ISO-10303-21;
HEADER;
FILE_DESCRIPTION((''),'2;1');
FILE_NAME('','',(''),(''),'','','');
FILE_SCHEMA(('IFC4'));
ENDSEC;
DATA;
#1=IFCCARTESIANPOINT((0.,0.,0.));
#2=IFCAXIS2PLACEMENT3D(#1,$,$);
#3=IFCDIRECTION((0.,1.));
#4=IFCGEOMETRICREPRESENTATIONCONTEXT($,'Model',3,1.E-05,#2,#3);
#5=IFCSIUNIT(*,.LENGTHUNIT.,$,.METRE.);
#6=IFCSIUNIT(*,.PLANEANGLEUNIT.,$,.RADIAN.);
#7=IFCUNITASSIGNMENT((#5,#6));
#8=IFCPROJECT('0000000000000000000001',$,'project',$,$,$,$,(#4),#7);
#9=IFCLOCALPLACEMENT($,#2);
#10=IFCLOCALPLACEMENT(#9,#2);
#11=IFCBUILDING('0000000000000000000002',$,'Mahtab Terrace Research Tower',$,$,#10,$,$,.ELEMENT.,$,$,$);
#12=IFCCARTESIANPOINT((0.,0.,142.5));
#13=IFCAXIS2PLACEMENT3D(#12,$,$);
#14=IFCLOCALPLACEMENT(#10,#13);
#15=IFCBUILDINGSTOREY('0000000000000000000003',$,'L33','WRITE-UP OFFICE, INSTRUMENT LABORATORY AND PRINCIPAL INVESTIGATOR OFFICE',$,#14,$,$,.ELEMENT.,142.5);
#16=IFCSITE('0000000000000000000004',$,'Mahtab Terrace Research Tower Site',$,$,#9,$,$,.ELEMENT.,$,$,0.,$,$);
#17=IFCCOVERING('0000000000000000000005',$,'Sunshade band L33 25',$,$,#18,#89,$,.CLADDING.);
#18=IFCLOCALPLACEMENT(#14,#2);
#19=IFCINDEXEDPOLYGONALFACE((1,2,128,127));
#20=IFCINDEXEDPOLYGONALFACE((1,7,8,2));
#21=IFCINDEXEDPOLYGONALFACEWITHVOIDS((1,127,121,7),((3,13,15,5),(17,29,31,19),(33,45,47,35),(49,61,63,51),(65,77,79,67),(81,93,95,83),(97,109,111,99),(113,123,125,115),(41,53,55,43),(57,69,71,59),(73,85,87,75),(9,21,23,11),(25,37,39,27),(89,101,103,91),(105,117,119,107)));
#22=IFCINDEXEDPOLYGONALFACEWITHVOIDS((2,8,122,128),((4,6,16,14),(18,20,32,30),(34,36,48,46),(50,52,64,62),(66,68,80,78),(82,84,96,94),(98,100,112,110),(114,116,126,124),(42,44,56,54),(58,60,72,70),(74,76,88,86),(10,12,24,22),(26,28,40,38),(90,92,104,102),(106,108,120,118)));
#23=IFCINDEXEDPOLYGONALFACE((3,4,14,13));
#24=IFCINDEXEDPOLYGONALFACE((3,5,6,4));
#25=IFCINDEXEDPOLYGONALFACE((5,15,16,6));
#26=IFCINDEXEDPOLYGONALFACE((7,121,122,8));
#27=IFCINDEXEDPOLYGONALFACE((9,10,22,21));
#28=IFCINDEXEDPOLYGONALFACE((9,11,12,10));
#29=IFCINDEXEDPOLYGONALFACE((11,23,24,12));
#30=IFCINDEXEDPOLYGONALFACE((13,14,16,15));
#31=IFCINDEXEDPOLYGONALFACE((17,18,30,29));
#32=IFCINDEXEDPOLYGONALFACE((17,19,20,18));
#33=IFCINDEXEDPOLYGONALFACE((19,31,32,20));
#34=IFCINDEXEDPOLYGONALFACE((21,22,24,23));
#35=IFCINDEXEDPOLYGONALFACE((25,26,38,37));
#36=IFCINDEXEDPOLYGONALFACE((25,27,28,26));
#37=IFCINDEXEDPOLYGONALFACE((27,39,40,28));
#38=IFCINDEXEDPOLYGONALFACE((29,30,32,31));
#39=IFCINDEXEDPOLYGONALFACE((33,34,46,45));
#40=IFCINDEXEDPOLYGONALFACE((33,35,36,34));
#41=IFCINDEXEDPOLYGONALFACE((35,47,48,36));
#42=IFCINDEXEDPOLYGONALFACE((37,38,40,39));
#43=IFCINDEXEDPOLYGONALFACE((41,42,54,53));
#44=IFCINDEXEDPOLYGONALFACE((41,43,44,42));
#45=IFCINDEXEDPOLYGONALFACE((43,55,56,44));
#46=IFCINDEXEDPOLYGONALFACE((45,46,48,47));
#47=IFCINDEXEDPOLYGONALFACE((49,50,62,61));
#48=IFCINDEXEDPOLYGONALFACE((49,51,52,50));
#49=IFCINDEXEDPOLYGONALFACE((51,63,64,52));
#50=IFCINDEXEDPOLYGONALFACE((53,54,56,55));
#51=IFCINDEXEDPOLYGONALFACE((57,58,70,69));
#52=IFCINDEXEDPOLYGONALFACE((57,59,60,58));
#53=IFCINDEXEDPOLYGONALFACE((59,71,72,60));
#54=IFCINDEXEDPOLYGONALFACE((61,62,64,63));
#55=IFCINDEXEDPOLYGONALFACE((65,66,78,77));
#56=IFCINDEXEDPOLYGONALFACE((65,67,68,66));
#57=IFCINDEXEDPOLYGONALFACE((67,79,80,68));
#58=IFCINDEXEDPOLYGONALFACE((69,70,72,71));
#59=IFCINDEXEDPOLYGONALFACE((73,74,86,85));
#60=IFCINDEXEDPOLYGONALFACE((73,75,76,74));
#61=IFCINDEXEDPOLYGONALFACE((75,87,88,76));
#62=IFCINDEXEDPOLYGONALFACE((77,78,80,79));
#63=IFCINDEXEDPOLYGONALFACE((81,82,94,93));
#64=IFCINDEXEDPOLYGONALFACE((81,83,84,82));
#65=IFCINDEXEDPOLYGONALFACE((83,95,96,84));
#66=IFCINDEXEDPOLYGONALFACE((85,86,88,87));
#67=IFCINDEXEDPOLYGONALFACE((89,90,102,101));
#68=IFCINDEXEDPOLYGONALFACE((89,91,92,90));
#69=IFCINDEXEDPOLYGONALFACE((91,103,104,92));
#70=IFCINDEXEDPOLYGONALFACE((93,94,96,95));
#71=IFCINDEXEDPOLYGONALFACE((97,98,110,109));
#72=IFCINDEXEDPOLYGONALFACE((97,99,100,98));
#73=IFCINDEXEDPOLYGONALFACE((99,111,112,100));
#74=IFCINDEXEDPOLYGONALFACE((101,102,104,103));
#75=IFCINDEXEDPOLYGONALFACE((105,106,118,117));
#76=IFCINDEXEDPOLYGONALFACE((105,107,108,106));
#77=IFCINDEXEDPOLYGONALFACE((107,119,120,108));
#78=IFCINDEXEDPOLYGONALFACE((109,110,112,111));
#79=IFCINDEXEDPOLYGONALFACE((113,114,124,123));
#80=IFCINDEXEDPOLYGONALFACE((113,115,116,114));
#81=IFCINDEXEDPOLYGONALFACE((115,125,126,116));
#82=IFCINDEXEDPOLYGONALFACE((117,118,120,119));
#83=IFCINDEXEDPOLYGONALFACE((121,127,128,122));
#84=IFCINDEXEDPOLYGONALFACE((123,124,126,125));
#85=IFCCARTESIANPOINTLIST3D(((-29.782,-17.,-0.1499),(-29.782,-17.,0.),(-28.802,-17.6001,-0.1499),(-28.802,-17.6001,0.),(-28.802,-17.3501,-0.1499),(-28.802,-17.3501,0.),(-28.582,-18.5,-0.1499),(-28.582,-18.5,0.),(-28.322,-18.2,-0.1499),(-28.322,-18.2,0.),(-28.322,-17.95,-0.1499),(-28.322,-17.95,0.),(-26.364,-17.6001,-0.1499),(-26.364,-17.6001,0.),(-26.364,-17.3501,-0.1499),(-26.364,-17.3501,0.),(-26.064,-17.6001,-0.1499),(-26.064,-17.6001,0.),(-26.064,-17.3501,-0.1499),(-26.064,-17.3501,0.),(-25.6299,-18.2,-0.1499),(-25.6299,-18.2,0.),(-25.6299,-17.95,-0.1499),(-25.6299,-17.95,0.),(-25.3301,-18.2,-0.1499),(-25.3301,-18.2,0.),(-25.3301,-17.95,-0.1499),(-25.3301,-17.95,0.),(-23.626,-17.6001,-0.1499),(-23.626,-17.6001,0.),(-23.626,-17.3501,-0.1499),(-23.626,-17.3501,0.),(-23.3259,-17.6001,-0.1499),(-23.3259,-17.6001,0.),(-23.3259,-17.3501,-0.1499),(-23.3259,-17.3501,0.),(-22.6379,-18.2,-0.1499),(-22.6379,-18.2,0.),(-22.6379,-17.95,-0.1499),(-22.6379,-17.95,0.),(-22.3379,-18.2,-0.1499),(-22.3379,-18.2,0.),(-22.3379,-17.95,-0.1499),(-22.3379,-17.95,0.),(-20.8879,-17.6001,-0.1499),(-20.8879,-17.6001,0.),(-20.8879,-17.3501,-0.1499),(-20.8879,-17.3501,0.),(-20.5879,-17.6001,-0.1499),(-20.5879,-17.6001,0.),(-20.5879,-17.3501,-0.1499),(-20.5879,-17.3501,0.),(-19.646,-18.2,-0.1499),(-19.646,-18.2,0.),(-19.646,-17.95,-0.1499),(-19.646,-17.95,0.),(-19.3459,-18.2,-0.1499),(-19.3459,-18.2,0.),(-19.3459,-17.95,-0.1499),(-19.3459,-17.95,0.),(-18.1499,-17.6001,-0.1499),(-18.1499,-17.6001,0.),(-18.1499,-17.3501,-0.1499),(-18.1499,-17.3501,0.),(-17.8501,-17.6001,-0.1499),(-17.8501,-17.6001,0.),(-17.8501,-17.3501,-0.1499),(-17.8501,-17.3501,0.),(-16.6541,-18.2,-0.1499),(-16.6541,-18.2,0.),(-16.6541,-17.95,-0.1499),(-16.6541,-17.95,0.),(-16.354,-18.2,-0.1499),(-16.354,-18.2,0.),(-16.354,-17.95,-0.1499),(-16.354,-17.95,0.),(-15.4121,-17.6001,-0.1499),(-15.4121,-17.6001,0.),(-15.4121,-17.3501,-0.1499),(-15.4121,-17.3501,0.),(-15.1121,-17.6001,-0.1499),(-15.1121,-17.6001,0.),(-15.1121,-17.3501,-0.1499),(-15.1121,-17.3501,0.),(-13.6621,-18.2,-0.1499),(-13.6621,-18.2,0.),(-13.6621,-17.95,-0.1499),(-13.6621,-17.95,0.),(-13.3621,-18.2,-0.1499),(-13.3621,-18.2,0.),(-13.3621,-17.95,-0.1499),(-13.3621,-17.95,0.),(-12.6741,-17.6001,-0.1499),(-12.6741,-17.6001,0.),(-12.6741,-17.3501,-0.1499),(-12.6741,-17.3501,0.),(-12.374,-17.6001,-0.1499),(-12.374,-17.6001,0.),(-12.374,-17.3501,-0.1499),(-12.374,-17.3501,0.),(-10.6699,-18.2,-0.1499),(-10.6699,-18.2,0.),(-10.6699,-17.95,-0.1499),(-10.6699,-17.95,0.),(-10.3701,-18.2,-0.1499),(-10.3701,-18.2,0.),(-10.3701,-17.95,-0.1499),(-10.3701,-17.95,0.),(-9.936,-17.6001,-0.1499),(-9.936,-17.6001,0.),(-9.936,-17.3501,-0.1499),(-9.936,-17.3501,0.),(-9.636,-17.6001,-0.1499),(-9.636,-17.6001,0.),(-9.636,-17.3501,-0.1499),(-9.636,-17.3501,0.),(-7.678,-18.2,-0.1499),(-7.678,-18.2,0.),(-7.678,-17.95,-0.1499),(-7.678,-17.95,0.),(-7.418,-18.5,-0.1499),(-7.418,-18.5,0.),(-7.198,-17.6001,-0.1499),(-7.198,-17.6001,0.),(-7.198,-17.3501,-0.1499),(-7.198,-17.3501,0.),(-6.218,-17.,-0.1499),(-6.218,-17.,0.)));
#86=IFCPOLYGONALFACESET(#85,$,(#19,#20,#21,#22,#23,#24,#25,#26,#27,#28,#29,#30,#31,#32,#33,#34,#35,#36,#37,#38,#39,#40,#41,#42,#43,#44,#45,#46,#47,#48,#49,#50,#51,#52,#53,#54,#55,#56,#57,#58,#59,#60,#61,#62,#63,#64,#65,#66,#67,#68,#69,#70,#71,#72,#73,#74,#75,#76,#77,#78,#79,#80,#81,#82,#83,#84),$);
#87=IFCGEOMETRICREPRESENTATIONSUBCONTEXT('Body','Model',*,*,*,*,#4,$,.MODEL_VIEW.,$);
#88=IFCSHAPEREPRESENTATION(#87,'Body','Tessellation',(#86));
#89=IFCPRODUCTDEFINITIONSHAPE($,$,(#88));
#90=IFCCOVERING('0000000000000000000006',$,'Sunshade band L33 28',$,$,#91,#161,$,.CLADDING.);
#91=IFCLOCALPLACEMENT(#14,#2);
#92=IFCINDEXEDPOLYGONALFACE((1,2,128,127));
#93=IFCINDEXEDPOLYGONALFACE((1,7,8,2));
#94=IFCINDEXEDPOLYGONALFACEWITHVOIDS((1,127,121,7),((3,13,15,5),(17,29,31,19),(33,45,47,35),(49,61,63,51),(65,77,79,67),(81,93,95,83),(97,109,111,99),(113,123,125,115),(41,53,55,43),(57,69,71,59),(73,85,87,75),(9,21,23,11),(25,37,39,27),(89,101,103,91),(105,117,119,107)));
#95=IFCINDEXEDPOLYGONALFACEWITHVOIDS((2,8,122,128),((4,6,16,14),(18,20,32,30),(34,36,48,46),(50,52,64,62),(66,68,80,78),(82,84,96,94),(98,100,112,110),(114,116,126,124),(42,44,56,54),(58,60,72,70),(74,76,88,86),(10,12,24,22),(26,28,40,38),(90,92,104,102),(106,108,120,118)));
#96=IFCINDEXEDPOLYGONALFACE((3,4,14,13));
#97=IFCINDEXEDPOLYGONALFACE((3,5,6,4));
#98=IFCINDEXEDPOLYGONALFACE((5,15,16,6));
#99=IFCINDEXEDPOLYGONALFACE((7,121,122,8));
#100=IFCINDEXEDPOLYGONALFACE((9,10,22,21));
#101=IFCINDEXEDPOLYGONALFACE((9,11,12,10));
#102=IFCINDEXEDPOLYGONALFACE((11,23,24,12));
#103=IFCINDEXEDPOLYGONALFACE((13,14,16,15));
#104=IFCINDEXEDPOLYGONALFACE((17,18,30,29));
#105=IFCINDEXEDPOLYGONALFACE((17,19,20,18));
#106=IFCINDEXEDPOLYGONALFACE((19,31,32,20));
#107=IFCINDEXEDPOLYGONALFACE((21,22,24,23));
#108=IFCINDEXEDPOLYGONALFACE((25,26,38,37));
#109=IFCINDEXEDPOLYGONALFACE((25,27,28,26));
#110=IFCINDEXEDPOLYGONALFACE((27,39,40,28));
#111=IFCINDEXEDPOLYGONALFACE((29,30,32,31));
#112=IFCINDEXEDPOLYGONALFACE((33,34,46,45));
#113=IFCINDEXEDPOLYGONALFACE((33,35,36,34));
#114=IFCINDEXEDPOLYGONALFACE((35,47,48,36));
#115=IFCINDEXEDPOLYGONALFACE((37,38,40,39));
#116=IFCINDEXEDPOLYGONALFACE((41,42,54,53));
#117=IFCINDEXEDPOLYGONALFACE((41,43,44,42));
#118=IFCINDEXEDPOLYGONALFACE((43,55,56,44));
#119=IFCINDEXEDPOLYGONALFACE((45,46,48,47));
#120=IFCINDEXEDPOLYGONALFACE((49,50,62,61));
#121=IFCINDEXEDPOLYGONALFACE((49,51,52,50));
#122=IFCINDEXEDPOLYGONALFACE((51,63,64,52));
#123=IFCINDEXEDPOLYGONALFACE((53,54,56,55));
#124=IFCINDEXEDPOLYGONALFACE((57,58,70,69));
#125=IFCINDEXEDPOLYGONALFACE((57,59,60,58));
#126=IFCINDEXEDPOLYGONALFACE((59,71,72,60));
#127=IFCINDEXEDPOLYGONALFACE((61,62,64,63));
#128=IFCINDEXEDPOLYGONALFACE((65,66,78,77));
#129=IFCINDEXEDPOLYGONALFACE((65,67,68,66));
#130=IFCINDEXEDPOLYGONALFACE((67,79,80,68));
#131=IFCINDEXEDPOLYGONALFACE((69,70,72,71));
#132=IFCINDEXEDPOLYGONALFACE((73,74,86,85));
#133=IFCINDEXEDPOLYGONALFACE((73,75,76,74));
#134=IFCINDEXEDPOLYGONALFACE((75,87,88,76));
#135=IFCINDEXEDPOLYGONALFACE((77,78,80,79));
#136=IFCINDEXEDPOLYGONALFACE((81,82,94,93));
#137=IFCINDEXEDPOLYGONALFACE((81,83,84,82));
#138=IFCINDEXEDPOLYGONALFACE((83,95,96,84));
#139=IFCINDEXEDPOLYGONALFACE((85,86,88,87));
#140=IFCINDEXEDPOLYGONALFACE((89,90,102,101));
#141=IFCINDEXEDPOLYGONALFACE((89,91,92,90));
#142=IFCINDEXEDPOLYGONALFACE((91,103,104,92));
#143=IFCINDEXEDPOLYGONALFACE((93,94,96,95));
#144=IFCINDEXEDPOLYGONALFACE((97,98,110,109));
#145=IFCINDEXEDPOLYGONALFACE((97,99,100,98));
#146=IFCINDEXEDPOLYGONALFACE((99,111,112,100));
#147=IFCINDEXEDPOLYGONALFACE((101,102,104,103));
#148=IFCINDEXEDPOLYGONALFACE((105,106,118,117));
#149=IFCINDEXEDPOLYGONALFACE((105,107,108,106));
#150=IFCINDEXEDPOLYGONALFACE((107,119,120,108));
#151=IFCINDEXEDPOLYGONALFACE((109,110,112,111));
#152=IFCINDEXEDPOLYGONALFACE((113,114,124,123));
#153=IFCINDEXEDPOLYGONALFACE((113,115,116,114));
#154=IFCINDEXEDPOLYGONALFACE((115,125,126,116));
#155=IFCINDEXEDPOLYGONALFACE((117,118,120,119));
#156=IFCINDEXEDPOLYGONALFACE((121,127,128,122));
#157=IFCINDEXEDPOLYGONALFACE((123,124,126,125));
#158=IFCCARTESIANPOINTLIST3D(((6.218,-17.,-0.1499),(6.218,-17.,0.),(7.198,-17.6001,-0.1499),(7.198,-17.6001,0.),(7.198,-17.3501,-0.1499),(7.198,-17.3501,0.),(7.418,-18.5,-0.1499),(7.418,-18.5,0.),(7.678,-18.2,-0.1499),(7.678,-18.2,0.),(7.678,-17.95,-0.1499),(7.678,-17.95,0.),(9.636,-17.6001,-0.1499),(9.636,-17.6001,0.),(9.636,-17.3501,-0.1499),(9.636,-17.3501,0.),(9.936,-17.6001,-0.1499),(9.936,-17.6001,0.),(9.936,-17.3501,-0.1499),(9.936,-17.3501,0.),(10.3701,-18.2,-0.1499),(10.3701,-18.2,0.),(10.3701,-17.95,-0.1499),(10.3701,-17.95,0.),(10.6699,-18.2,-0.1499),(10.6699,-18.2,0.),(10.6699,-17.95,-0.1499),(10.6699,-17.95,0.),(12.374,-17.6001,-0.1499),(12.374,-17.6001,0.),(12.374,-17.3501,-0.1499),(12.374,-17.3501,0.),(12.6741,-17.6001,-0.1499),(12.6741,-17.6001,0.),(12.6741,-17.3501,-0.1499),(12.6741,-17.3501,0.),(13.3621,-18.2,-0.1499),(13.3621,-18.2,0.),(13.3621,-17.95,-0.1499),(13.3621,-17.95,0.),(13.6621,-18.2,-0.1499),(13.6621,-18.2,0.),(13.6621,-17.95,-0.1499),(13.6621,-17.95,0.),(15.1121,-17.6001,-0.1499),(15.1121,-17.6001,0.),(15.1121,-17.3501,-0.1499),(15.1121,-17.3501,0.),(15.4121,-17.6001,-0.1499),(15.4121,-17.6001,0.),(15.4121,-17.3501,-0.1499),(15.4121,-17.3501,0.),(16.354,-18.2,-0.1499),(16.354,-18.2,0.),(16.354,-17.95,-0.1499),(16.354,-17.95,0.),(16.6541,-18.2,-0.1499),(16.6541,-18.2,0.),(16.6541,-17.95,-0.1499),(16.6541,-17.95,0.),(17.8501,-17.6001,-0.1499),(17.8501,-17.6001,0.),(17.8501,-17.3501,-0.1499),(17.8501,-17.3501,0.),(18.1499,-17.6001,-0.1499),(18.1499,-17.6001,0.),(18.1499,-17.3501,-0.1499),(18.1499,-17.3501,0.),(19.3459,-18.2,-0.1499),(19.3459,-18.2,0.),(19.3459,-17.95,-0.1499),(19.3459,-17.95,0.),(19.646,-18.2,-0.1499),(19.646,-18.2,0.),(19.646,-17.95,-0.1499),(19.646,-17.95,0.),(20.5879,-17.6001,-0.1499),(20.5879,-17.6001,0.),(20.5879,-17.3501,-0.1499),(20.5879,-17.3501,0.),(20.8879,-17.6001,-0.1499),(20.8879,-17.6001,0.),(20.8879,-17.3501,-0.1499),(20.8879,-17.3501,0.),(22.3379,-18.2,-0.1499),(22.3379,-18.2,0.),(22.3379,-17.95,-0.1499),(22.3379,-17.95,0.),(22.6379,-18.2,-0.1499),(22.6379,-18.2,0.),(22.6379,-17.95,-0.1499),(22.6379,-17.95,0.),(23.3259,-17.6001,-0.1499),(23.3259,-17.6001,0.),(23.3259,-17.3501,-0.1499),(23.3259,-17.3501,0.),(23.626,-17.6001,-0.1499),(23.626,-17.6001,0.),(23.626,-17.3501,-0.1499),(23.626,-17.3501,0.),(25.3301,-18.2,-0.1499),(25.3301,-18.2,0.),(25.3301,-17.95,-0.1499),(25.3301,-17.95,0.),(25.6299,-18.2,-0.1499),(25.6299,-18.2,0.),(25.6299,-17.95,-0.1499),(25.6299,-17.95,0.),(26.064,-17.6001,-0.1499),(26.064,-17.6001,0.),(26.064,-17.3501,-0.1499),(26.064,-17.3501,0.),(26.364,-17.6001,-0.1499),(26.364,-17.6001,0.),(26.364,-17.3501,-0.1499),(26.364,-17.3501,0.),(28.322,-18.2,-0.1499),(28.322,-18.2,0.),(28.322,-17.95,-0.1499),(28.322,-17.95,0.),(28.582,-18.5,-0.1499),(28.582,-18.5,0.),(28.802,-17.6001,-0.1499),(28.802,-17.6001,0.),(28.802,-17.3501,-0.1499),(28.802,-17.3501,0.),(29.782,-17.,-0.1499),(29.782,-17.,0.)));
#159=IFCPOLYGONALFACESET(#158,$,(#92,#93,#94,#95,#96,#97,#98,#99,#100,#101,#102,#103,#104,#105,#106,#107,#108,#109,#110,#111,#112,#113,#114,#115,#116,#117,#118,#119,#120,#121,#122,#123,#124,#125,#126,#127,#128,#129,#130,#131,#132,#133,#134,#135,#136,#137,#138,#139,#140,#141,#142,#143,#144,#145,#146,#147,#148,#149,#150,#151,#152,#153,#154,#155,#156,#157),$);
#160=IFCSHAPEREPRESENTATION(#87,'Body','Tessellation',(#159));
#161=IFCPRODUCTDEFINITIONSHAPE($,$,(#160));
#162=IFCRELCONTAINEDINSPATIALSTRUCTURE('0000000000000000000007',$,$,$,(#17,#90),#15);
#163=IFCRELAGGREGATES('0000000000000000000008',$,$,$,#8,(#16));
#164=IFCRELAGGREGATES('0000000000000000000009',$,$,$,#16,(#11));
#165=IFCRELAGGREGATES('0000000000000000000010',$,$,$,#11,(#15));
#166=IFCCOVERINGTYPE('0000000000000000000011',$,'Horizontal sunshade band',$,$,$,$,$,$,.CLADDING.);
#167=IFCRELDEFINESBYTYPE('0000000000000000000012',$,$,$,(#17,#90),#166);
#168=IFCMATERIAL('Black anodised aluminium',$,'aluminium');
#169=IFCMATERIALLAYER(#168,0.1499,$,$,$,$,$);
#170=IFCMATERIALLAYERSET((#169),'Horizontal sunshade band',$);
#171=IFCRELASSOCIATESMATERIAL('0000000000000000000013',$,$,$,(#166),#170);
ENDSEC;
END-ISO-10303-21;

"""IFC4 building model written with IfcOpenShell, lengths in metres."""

from ifc_helpers import new_model, si_unit, direction, frame, origin, place, context, subcontext, project, spatial, polyline, outline, extrude, material, layer, layer_set, type_object, element, save


model = new_model("IFC4")

# Units and contexts
model_context = context("Model", 3, precision=1e-05, world=origin(), true_north=direction((0.0, 1.0)))
body_context = subcontext(model_context, "Body", "Model", "MODEL_VIEW")
ifc_project = project(units=[si_unit("LENGTHUNIT", "METRE"), si_unit("PLANEANGLEUNIT", "RADIAN")], contexts=[model_context])

# Site, building, storey
site_placement = place(None, origin())
site = spatial("IfcSite", under=ifc_project, at=site_placement, Name="Mahtab Terrace Research Tower Site", CompositionType="ELEMENT", RefElevation=0.0)
building_placement = place(site_placement, origin())
building = spatial("IfcBuilding", under=site, at=building_placement, Name="Mahtab Terrace Research Tower", CompositionType="ELEMENT")
storey_placement = place(building_placement, frame((0.0, 0.0, 142.5)))
storey = spatial("IfcBuildingStorey", under=building, at=storey_placement, Name="L33", Description="WRITE-UP OFFICE, INSTRUMENT LABORATORY AND PRINCIPAL INVESTIGATOR OFFICE", CompositionType="ELEMENT", Elevation=142.5)

# Coverings
ifc_material_1 = material(Name="Black anodised aluminium", Category="aluminium")
ifc_layer_1 = layer(ifc_material_1, 0.1499)
ifc_layer_set_1 = layer_set([ifc_layer_1], Name="Horizontal sunshade band")
covering_type = type_object("IfcCoveringType", Name="Horizontal sunshade band", PredefinedType="CLADDING", material=ifc_layer_set_1)
covering_1_placement = place(storey_placement, frame((0.0, 0.0, -0.1499)))
element("IfcCovering", 1, at=covering_1_placement, inside=storey, type_object=covering_type, Name="Sunshade band L33 25", PredefinedType="CLADDING", context=body_context, shape_type="SweptSolid", body=[
    extrude(outline(polyline([(-29.782, -17.0), (-6.218, -17.0), (-7.418, -18.5), (-28.582, -18.5), (-29.782, -17.0)]), holes=[polyline([(-28.802, -17.3501), (-26.364, -17.3501), (-26.364, -17.6001), (-28.802, -17.6001), (-28.802, -17.3501)]), polyline([(-26.064, -17.3501), (-23.626, -17.3501), (-23.626, -17.6001), (-26.064, -17.6001), (-26.064, -17.3501)]), polyline([(-23.3259, -17.3501), (-20.8879, -17.3501), (-20.8879, -17.6001), (-23.3259, -17.6001), (-23.3259, -17.3501)]), polyline([(-20.5879, -17.3501), (-18.1499, -17.3501), (-18.1499, -17.6001), (-20.5879, -17.6001), (-20.5879, -17.3501)]), polyline([(-17.8501, -17.3501), (-15.4121, -17.3501), (-15.4121, -17.6001), (-17.8501, -17.6001), (-17.8501, -17.3501)]), polyline([(-15.1121, -17.3501), (-12.6741, -17.3501), (-12.6741, -17.6001), (-15.1121, -17.6001), (-15.1121, -17.3501)]), polyline([(-12.374, -17.3501), (-9.936, -17.3501), (-9.936, -17.6001), (-12.374, -17.6001), (-12.374, -17.3501)]), polyline([(-9.636, -17.3501), (-7.198, -17.3501), (-7.198, -17.6001), (-9.636, -17.6001), (-9.636, -17.3501)]), polyline([(-28.322, -17.95), (-25.6299, -17.95), (-25.6299, -18.2), (-28.322, -18.2), (-28.322, -17.95)]), polyline([(-25.3301, -17.95), (-22.6379, -17.95), (-22.6379, -18.2), (-25.3301, -18.2), (-25.3301, -17.95)]), polyline([(-22.3379, -17.95), (-19.646, -17.95), (-19.646, -18.2), (-22.3379, -18.2), (-22.3379, -17.95)]), polyline([(-19.3459, -17.95), (-16.6541, -17.95), (-16.6541, -18.2), (-19.3459, -18.2), (-19.3459, -17.95)]), polyline([(-16.354, -17.95), (-13.6621, -17.95), (-13.6621, -18.2), (-16.354, -18.2), (-16.354, -17.95)]), polyline([(-13.3621, -17.95), (-10.6699, -17.95), (-10.6699, -18.2), (-13.3621, -18.2), (-13.3621, -17.95)]), polyline([(-10.3701, -17.95), (-7.678, -17.95), (-7.678, -18.2), (-10.3701, -18.2), (-10.3701, -17.95)])]), origin(), (0.0, 0.0, 1.0), 0.1499),
])
covering_2_placement = place(storey_placement, frame((0.0, 0.0, -0.1499)))
element("IfcCovering", 2, at=covering_2_placement, inside=storey, type_object=covering_type, Name="Sunshade band L33 28", PredefinedType="CLADDING", context=body_context, shape_type="SweptSolid", body=[
    extrude(outline(polyline([(6.218, -17.0), (29.782, -17.0), (28.582, -18.5), (7.418, -18.5), (6.218, -17.0)]), holes=[polyline([(7.198, -17.3501), (9.636, -17.3501), (9.636, -17.6001), (7.198, -17.6001), (7.198, -17.3501)]), polyline([(9.936, -17.3501), (12.374, -17.3501), (12.374, -17.6001), (9.936, -17.6001), (9.936, -17.3501)]), polyline([(12.6741, -17.3501), (15.1121, -17.3501), (15.1121, -17.6001), (12.6741, -17.6001), (12.6741, -17.3501)]), polyline([(15.4121, -17.3501), (17.8501, -17.3501), (17.8501, -17.6001), (15.4121, -17.6001), (15.4121, -17.3501)]), polyline([(18.1499, -17.3501), (20.5879, -17.3501), (20.5879, -17.6001), (18.1499, -17.6001), (18.1499, -17.3501)]), polyline([(20.8879, -17.3501), (23.3259, -17.3501), (23.3259, -17.6001), (20.8879, -17.6001), (20.8879, -17.3501)]), polyline([(23.626, -17.3501), (26.064, -17.3501), (26.064, -17.6001), (23.626, -17.6001), (23.626, -17.3501)]), polyline([(26.364, -17.3501), (28.802, -17.3501), (28.802, -17.6001), (26.364, -17.6001), (26.364, -17.3501)]), polyline([(7.678, -17.95), (10.3701, -17.95), (10.3701, -18.2), (7.678, -18.2), (7.678, -17.95)]), polyline([(10.6699, -17.95), (13.3621, -17.95), (13.3621, -18.2), (10.6699, -18.2), (10.6699, -17.95)]), polyline([(13.6621, -17.95), (16.354, -17.95), (16.354, -18.2), (13.6621, -18.2), (13.6621, -17.95)]), polyline([(16.6541, -17.95), (19.3459, -17.95), (19.3459, -18.2), (16.6541, -18.2), (16.6541, -17.95)]), polyline([(19.646, -17.95), (22.3379, -17.95), (22.3379, -18.2), (19.646, -18.2), (19.646, -17.95)]), polyline([(22.6379, -17.95), (25.3301, -17.95), (25.3301, -18.2), (22.6379, -18.2), (22.6379, -17.95)]), polyline([(25.6299, -17.95), (28.322, -17.95), (28.322, -18.2), (25.6299, -18.2), (25.6299, -17.95)])]), origin(), (0.0, 0.0, 1.0), 0.1499),
])

save(model, "model.ifc")
